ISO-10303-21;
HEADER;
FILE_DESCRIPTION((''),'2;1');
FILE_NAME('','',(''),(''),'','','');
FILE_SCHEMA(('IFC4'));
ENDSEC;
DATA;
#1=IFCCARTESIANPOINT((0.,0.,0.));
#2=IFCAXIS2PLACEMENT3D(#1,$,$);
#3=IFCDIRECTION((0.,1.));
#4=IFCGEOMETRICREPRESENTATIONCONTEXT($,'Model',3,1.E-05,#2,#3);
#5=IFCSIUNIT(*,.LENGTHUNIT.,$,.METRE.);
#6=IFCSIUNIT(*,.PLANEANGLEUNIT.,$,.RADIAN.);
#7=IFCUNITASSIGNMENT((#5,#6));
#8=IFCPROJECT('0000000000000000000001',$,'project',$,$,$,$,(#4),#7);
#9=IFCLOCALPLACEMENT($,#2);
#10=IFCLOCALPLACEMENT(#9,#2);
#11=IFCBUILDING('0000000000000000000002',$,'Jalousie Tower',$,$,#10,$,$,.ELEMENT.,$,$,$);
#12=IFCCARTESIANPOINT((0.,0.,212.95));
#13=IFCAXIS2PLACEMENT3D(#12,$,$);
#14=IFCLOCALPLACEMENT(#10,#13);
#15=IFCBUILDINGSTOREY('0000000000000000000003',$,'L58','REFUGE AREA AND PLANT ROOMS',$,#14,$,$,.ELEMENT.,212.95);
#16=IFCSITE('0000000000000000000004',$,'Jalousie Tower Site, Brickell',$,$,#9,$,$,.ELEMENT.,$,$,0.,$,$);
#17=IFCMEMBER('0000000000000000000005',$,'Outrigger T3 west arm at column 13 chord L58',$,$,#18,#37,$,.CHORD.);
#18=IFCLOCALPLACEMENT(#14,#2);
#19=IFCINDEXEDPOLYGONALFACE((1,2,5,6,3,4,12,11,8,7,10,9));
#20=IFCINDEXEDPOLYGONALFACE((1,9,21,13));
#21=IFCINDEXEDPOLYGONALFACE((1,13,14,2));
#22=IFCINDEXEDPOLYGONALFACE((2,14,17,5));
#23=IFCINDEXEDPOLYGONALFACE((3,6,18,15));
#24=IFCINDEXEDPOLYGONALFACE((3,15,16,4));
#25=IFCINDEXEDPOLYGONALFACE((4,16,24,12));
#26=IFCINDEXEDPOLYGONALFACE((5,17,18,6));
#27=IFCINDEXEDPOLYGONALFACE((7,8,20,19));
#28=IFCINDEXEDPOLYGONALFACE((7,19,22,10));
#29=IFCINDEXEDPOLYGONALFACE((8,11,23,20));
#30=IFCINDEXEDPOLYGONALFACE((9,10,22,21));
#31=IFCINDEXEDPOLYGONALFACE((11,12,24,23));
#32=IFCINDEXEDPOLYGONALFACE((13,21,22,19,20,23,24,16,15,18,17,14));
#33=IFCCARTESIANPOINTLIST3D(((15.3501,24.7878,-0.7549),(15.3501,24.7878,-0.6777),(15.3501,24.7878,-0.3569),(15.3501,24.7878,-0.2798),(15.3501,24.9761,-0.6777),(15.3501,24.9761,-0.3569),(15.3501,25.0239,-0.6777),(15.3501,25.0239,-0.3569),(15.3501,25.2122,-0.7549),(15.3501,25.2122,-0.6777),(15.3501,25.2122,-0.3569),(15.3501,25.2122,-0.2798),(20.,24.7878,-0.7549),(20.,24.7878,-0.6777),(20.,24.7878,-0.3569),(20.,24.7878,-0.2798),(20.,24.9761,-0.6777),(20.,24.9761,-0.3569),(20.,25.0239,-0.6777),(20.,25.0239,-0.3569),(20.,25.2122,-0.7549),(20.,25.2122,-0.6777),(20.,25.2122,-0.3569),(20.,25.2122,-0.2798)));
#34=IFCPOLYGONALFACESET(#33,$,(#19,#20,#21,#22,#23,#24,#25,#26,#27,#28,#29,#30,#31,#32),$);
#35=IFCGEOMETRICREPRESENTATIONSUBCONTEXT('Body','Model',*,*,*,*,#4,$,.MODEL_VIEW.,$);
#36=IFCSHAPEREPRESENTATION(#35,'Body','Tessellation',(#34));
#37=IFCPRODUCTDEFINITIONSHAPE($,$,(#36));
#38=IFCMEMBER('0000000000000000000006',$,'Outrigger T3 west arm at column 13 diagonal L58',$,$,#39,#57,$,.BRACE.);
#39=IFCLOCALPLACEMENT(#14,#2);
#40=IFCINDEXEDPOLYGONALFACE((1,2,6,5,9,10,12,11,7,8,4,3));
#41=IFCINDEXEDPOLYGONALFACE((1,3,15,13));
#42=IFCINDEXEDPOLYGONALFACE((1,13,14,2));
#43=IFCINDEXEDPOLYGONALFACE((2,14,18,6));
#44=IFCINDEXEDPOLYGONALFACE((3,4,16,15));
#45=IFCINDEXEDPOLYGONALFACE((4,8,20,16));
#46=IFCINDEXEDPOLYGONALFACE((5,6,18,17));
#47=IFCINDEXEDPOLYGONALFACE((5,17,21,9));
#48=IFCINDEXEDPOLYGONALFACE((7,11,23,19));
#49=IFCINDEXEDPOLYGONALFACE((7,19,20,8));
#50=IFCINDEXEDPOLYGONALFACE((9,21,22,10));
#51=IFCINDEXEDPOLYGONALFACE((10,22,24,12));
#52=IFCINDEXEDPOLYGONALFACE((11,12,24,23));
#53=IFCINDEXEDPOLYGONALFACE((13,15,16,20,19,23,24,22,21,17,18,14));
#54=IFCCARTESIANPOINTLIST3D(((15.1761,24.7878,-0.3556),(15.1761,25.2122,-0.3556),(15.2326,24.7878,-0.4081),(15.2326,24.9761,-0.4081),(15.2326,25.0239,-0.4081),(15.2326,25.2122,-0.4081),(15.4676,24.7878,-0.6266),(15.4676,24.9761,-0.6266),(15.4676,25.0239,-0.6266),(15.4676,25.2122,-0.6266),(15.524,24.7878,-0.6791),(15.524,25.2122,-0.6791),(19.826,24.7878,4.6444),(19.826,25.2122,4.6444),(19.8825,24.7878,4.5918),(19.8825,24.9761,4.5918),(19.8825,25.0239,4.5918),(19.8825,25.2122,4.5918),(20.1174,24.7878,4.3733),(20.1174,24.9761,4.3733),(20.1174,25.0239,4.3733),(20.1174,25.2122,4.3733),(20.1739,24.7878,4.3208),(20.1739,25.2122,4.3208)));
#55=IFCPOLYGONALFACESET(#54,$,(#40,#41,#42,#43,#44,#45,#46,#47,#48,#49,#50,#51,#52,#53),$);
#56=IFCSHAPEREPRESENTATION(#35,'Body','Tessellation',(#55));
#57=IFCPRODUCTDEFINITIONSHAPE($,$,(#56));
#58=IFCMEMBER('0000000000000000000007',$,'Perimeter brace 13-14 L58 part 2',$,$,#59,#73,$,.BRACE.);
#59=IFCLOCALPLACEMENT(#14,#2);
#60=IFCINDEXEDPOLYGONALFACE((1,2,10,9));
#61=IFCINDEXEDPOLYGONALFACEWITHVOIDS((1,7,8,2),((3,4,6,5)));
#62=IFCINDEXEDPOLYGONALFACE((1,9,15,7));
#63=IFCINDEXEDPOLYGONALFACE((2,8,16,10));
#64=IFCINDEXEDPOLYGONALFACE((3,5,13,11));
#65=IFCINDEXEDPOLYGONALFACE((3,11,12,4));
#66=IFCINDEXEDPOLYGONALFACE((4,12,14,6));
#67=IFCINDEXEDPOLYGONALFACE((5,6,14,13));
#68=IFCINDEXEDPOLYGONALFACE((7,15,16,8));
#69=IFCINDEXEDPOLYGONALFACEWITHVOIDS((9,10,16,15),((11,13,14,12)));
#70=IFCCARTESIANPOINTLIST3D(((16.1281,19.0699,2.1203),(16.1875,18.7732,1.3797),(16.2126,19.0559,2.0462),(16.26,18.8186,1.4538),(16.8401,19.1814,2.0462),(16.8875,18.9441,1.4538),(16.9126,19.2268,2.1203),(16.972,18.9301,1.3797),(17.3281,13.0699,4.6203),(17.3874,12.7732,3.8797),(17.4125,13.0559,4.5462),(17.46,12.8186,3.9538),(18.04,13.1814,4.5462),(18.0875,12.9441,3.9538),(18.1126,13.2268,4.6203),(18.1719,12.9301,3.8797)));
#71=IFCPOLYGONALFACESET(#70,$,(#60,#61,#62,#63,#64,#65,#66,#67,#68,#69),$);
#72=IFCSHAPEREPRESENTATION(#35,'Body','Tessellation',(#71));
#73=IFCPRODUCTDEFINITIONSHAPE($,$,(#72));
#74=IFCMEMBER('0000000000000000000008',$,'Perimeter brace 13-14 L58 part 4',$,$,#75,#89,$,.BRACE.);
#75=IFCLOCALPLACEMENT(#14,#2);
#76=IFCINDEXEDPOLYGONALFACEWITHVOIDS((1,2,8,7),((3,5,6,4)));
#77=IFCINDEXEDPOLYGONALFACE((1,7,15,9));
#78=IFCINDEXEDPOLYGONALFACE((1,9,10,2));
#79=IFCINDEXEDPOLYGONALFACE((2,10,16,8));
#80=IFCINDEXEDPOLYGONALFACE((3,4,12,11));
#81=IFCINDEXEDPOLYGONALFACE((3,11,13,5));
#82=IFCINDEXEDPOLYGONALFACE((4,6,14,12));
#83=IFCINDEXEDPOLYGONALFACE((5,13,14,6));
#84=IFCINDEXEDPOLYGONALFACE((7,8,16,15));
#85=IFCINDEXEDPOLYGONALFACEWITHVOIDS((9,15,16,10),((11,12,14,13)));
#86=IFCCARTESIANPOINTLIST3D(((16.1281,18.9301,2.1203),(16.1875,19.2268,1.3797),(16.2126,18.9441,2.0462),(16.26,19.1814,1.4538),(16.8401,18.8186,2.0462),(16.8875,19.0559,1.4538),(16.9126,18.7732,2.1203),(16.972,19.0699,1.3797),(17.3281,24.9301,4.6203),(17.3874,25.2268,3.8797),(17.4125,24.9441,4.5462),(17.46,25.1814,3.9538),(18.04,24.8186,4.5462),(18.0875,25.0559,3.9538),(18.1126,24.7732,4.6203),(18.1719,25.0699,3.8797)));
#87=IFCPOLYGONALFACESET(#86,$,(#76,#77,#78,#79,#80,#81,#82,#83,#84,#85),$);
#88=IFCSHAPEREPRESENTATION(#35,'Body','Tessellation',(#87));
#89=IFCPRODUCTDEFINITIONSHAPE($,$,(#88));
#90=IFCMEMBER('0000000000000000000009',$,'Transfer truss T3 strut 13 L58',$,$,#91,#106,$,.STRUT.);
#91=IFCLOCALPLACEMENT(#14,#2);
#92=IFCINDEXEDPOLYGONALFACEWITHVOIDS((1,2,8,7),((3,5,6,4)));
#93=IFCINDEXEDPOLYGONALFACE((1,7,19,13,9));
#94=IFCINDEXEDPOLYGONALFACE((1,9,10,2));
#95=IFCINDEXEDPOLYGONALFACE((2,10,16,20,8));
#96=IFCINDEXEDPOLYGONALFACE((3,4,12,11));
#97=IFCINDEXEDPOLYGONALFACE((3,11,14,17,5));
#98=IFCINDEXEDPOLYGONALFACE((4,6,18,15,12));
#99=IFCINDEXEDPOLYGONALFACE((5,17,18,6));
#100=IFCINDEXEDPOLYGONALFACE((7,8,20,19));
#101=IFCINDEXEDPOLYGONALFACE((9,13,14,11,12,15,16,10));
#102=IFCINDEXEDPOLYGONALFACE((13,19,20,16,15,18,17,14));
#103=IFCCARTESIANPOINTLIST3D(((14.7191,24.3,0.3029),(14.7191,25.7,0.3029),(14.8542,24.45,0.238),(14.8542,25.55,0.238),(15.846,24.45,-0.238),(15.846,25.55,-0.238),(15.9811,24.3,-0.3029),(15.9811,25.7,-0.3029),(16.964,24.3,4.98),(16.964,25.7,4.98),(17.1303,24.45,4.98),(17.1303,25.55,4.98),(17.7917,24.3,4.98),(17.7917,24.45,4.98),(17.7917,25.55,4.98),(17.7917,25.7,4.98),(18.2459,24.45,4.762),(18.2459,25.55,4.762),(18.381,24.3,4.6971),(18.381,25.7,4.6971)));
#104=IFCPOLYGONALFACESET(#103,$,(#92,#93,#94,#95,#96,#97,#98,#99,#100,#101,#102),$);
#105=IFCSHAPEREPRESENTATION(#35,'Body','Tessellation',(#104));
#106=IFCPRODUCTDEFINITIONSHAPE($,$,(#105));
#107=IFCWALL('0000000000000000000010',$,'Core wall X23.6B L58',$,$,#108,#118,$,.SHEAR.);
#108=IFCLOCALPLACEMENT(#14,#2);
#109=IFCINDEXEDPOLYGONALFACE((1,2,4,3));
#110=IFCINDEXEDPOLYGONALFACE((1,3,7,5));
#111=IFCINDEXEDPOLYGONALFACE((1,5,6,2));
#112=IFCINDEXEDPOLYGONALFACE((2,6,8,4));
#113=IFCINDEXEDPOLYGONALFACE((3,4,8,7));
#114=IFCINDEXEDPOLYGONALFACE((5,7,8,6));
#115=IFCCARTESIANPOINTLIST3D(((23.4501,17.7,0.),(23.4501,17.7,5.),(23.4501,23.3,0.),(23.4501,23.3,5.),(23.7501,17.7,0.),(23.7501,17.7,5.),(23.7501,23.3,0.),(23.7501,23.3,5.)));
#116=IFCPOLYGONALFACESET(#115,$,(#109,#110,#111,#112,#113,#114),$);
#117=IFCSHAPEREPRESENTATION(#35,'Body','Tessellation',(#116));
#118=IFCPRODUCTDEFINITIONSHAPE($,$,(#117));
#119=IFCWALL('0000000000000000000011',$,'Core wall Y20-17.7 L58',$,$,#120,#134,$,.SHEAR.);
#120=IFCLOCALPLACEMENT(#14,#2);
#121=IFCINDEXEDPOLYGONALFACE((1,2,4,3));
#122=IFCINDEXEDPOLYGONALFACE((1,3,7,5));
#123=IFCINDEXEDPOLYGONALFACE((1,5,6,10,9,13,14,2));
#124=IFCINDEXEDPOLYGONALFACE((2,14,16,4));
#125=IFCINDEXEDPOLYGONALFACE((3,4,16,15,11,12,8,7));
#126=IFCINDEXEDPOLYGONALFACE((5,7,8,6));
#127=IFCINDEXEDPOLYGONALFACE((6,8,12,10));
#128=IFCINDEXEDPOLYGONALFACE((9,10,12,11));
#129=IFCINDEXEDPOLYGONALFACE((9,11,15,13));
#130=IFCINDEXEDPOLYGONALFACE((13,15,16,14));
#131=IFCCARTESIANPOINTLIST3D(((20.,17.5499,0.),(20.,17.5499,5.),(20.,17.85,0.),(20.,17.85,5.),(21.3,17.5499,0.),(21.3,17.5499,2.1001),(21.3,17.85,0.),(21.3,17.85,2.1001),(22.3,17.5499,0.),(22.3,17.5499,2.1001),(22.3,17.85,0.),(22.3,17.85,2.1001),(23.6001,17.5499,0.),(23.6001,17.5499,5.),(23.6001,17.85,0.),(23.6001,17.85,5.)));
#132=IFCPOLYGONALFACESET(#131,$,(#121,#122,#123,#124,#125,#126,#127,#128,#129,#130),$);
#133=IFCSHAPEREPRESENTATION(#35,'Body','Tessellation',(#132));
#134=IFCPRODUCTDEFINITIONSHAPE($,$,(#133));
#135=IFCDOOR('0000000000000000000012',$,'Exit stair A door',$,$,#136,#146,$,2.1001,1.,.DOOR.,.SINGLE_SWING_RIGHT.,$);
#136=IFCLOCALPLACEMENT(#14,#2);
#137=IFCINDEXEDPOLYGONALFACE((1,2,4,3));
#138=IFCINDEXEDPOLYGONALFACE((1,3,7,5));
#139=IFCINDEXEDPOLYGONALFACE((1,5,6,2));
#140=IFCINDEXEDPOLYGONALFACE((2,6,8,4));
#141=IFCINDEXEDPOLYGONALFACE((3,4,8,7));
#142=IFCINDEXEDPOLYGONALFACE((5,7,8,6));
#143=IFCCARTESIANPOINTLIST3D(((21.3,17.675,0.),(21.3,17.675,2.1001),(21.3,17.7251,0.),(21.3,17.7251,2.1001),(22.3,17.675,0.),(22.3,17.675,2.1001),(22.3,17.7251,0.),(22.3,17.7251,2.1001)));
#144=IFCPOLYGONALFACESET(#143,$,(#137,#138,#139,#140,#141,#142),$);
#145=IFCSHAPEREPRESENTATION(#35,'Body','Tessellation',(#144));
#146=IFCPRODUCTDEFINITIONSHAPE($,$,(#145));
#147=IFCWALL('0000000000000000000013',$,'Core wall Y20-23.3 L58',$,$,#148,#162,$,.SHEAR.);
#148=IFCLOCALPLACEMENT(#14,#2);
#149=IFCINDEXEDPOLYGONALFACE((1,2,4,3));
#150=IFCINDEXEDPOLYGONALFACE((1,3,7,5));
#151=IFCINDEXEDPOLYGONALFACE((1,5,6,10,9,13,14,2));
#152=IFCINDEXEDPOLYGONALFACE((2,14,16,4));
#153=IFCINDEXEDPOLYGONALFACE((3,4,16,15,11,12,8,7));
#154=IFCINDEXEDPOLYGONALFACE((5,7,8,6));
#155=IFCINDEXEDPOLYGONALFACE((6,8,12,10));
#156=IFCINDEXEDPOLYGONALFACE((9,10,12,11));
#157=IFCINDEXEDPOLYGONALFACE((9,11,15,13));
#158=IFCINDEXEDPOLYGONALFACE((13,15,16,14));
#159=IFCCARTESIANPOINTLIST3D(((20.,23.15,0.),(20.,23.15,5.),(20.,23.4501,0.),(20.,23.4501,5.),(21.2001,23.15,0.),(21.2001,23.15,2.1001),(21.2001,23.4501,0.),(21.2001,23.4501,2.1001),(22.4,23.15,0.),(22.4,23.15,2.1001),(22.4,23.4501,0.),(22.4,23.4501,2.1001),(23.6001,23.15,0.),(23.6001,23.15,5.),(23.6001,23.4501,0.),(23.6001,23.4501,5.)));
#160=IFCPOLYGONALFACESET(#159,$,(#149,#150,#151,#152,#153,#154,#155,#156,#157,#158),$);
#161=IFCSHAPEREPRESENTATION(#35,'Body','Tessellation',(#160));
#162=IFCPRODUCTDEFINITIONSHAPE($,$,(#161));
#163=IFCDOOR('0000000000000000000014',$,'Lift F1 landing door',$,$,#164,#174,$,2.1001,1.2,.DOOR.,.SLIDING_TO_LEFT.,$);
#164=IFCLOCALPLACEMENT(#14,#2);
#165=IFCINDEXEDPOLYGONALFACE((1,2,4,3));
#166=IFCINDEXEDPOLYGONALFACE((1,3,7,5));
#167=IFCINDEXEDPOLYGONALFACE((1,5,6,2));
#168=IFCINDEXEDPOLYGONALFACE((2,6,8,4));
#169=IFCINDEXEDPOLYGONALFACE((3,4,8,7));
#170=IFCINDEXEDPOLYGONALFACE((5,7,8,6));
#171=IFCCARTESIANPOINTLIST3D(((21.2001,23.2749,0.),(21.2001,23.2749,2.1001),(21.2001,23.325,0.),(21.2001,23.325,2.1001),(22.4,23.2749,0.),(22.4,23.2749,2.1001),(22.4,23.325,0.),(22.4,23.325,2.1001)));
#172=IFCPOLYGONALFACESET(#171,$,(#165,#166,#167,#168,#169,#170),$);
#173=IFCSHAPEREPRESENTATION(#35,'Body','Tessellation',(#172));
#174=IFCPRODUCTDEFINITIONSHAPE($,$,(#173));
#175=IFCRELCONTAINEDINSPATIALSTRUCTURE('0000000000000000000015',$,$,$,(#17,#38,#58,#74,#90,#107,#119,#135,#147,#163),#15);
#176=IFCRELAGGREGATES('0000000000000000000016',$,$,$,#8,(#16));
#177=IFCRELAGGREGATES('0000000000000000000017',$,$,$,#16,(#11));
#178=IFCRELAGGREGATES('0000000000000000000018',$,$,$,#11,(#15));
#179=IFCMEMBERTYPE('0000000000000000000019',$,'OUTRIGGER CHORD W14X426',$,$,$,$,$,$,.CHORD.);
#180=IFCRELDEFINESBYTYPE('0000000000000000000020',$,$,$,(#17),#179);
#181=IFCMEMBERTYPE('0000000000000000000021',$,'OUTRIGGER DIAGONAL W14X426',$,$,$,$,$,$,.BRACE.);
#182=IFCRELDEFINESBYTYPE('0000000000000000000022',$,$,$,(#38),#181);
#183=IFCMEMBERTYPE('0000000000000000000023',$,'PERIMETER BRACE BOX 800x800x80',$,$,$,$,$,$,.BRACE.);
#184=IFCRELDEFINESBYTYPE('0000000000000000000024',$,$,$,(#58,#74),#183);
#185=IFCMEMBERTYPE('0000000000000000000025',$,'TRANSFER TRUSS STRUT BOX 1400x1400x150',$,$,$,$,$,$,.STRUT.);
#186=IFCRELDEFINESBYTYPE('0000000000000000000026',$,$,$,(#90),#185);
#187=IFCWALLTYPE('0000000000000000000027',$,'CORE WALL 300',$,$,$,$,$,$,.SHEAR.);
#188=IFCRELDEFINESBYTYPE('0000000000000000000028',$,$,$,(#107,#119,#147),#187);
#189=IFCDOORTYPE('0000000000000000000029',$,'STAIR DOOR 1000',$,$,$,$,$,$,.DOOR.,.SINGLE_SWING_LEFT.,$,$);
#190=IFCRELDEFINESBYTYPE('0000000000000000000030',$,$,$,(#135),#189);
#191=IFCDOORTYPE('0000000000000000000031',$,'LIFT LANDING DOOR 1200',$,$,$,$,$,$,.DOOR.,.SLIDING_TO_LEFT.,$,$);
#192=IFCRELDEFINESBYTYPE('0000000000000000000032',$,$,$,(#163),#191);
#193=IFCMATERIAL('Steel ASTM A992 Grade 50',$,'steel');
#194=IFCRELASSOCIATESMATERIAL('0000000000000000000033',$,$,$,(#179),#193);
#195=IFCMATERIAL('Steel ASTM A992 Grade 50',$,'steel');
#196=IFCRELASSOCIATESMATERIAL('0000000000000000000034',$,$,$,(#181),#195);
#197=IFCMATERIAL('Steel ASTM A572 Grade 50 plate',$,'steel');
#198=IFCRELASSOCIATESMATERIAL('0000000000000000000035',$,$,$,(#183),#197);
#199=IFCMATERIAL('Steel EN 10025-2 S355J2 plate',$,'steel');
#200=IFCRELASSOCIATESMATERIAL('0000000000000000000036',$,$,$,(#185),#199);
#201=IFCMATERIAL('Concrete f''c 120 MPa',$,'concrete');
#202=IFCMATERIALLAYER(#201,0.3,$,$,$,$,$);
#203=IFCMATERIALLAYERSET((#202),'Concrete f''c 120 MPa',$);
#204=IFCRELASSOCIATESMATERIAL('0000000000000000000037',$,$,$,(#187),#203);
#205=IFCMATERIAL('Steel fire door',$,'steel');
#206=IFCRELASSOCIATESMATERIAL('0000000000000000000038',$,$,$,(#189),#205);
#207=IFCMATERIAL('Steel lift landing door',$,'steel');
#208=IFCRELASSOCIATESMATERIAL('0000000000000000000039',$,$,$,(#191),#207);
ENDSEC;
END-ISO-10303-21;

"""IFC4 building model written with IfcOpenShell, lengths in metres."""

from ifc_helpers import new_model, si_unit, direction, frame, frame_2d, origin, origin_2d, place, context, subcontext, project, spatial, rectangle, hollow_rectangle, i_section, extrude, clip, halfspace, material, layer, layer_set, material_profile, profile_set, type_object, element, fill, save


model = new_model("IFC4")

# Units and contexts
model_context = context("Model", 3, precision=1e-05, world=origin(), true_north=direction((0.0, 1.0)))
body_context = subcontext(model_context, "Body", "Model", "MODEL_VIEW")
ifc_project = project(units=[si_unit("LENGTHUNIT", "METRE"), si_unit("PLANEANGLEUNIT", "RADIAN")], contexts=[model_context])

# Site, building, storey
site_placement = place(None, origin())
site = spatial("IfcSite", under=ifc_project, at=site_placement, Name="Jalousie Tower Site, Brickell", CompositionType="ELEMENT", RefElevation=0.0)
building_placement = place(site_placement, origin())
building = spatial("IfcBuilding", under=site, at=building_placement, Name="Jalousie Tower", CompositionType="ELEMENT")
storey_placement = place(building_placement, frame((0.0, 0.0, 212.95)))
storey = spatial("IfcBuildingStorey", under=building, at=storey_placement, Name="L58", Description="REFUGE AREA AND PLANT ROOMS", CompositionType="ELEMENT", Elevation=212.95)

# Members
ifc_material_1 = material(Name="Steel ASTM A992 Grade 50", Category="steel")
ifc_material_profile_1 = material_profile(ifc_material_1, i_section(OverallWidth=0.4243, OverallDepth=0.4751, WebThickness=0.0479, FlangeThickness=0.0771, at=origin_2d()), Name="W14X426")
ifc_profile_set_1 = profile_set([ifc_material_profile_1], Name="Steel ASTM A992 Grade 50")
member_type_1 = type_object("IfcMemberType", Name="OUTRIGGER CHORD W14X426", PredefinedType="CHORD", material=ifc_profile_set_1)
member_1_placement = place(storey_placement, frame((15.3501, 25.0, -0.5173), z_axis=(1.0, 0.0, 0.0), x_axis=(0.0, 1.0, 0.0)))
element("IfcMember", 1, at=member_1_placement, inside=storey, type_object=member_type_1, Name="Outrigger T3 west arm at column 13 chord L58", PredefinedType="CHORD", context=body_context, shape_type="SweptSolid", body=[
    extrude(i_section(OverallWidth=0.4243, OverallDepth=0.4751, WebThickness=0.0479, FlangeThickness=0.0771, at=origin_2d()), origin(), (0.0, 0.0, 1.0), 4.6499),
])
ifc_material_2 = material(Name="Steel ASTM A992 Grade 50", Category="steel")
ifc_material_profile_2 = material_profile(ifc_material_2, i_section(OverallWidth=0.4243, OverallDepth=0.4751, WebThickness=0.0479, FlangeThickness=0.0771, at=origin_2d()), Name="W14X426")
ifc_profile_set_2 = profile_set([ifc_material_profile_2], Name="Steel ASTM A992 Grade 50")
member_type_2 = type_object("IfcMemberType", Name="OUTRIGGER DIAGONAL W14X426", PredefinedType="BRACE", material=ifc_profile_set_2)
member_2_placement = place(storey_placement, frame((15.3501, 25.0, -0.5173), z_axis=(0.681005, 0.0, 0.732279), x_axis=(0.0, 1.0, 0.0)))
element("IfcMember", 2, at=member_2_placement, inside=storey, type_object=member_type_2, Name="Outrigger T3 west arm at column 13 diagonal L58", PredefinedType="BRACE", context=body_context, shape_type="SweptSolid", body=[
    extrude(i_section(OverallWidth=0.4243, OverallDepth=0.4751, WebThickness=0.0479, FlangeThickness=0.0771, at=origin_2d()), origin(), (0.0, 0.0, 1.0), 6.8279),
])
ifc_material_3 = material(Name="Steel ASTM A572 Grade 50 plate", Category="steel")
ifc_material_profile_3 = material_profile(ifc_material_3, hollow_rectangle(XDim=0.8, YDim=0.8, WallThickness=0.0801, at=origin_2d()), Name="BOX 800x800x80")
ifc_profile_set_3 = profile_set([ifc_material_profile_3], Name="Steel ASTM A572 Grade 50 plate")
member_type_3 = type_object("IfcMemberType", Name="PERIMETER BRACE BOX 800x800x80", PredefinedType="BRACE", material=ifc_profile_set_3)
for number, where, z_axis, x_axis, name in (
    (3, (16.55, 19.0, 1.75), (0.18154, -0.907739, 0.378224), (0.980582, 0.196108, 0.0), "Perimeter brace 13-14 L58 part 2"),
    (4, (16.55, 19.0, 1.75), (0.18154, 0.907739, 0.378224), (-0.980582, 0.196108, 0.0), "Perimeter brace 13-14 L58 part 4"),
):
    element("IfcMember", number, at=place(storey_placement, frame(where, z_axis=z_axis, x_axis=x_axis)), inside=storey, type_object=member_type_3, Name=name, PredefinedType="BRACE", context=body_context, shape_type="SweptSolid", body=[
        extrude(hollow_rectangle(XDim=0.8, YDim=0.8, WallThickness=0.0801, at=origin_2d()), origin(), (0.0, 0.0, 1.0), 6.6099),
    ])
ifc_material_4 = material(Name="Steel EN 10025-2 S355J2 plate", Category="steel")
ifc_material_profile_4 = material_profile(ifc_material_4, hollow_rectangle(XDim=1.3999, YDim=1.3999, WallThickness=0.1499, at=origin_2d()), Name="BOX 1400x1400x150")
ifc_profile_set_4 = profile_set([ifc_material_profile_4], Name="Steel EN 10025-2 S355J2 plate")
member_type_4 = type_object("IfcMemberType", Name="TRANSFER TRUSS STRUT BOX 1400x1400x150", PredefinedType="STRUT", material=ifc_profile_set_4)
member_3_placement = place(storey_placement, frame((15.3501, 25.0, 0.0), z_axis=(0.432717, 0.0, 0.90153), x_axis=(0.0, 1.0, 0.0)))
element("IfcMember", 5, at=member_3_placement, inside=storey, type_object=member_type_4, Name="Transfer truss T3 strut 13 L58", PredefinedType="STRUT", context=body_context, shape_type="Clipping", body=[
    clip(extrude(hollow_rectangle(XDim=1.3999, YDim=1.3999, WallThickness=0.1499, at=origin_2d()), origin(), (0.0, 0.0, 1.0), 5.5461), halfspace(frame((0.0, 0.0, 5.5239), z_axis=(0.0, 0.432717, 0.90153)), False)),
])

# Wall
ifc_material_5 = material(Name="Concrete f'c 120 MPa", Category="concrete")
ifc_layer_1 = layer(ifc_material_5, 0.3)
ifc_layer_set_1 = layer_set([ifc_layer_1], Name="Concrete f'c 120 MPa")
wall_type_1 = type_object("IfcWallType", Name="CORE WALL 300", PredefinedType="SHEAR", material=ifc_layer_set_1)
wall_1_placement = place(storey_placement, frame((23.6001, 17.7, 0.0), z_axis=(0.0, 0.0, 1.0), x_axis=(0.0, 1.0, 0.0)))
element("IfcWall", 6, at=wall_1_placement, inside=storey, type_object=wall_type_1, Name="Core wall X23.6B L58", PredefinedType="SHEAR", context=body_context, shape_type="SweptSolid", body=[
    extrude(rectangle(XDim=5.6001, YDim=0.3, at=frame_2d((2.8, 0.0))), origin(), (0.0, 0.0, 1.0), 5.0),
])

# Walls, openings, doors
wall_2_placement = place(storey_placement, frame((20.0, 17.7, 0.0), z_axis=(0.0, 0.0, 1.0), x_axis=(1.0, 0.0, 0.0)))
wall_2 = element("IfcWall", 7, at=wall_2_placement, inside=storey, type_object=wall_type_1, Name="Core wall Y20-17.7 L58", PredefinedType="SHEAR", context=body_context, shape_type="SweptSolid", body=[
    extrude(rectangle(XDim=3.6001, YDim=0.3, at=frame_2d((1.8, 0.0))), origin(), (0.0, 0.0, 1.0), 5.0),
])
opening_1_placement = place(wall_2_placement, frame((1.3, 0.0, 0.0)))
opening_1 = element("IfcOpeningElement", 8, at=opening_1_placement, cuts=wall_2, PredefinedType="OPENING", context=body_context, shape_type="SweptSolid", body=[
    extrude(rectangle(XDim=1.0, YDim=2.1001, at=frame_2d((0.5, 1.05))), frame((0.0, 0.1599, 0.0), z_axis=(0.0, -1.0, 0.0), x_axis=(1.0, 0.0, 0.0)), (0.0, 0.0, 1.0), 0.3201),
])
ifc_material_6 = material(Name="Steel fire door", Category="steel")
door_type_1 = type_object("IfcDoorType", Name="STAIR DOOR 1000", OperationType="SINGLE_SWING_LEFT", PredefinedType="DOOR", material=ifc_material_6)
door_1_placement = place(opening_1_placement, frame((1.0, 0.0, 0.0), z_axis=(0.0, 0.0, 1.0), x_axis=(-1.0, 0.0, 0.0)))
door_1 = element("IfcDoor", 9, at=door_1_placement, inside=storey, type_object=door_type_1, Name="Exit stair A door", OperationType="SINGLE_SWING_RIGHT", OverallHeight=2.1001, OverallWidth=1.0, PredefinedType="DOOR", context=body_context, shape_type="SweptSolid", body=[
    extrude(rectangle(XDim=1.0, YDim=2.1001, at=frame_2d((0.5, 1.05))), frame((0.0, 0.0249, 0.0), z_axis=(0.0, -1.0, 0.0), x_axis=(1.0, 0.0, 0.0)), (0.0, 0.0, 1.0), 0.05),
])
fill(opening_1, door_1)
wall_3_placement = place(storey_placement, frame((20.0, 23.3, 0.0), z_axis=(0.0, 0.0, 1.0), x_axis=(1.0, 0.0, 0.0)))
wall_3 = element("IfcWall", 10, at=wall_3_placement, inside=storey, type_object=wall_type_1, Name="Core wall Y20-23.3 L58", PredefinedType="SHEAR", context=body_context, shape_type="SweptSolid", body=[
    extrude(rectangle(XDim=3.6001, YDim=0.3, at=frame_2d((1.8, 0.0))), origin(), (0.0, 0.0, 1.0), 5.0),
])
opening_2_placement = place(wall_3_placement, frame((1.2, 0.0, 0.0)))
opening_2 = element("IfcOpeningElement", 11, at=opening_2_placement, cuts=wall_3, PredefinedType="OPENING", context=body_context, shape_type="SweptSolid", body=[
    extrude(rectangle(XDim=1.2, YDim=2.1001, at=frame_2d((0.6001, 1.05))), frame((0.0, 0.1599, 0.0), z_axis=(0.0, -1.0, 0.0), x_axis=(1.0, 0.0, 0.0)), (0.0, 0.0, 1.0), 0.3201),
])
ifc_material_7 = material(Name="Steel lift landing door", Category="steel")
door_type_2 = type_object("IfcDoorType", Name="LIFT LANDING DOOR 1200", OperationType="SLIDING_TO_LEFT", PredefinedType="DOOR", material=ifc_material_7)
door_2_placement = place(opening_2_placement, origin())
door_2 = element("IfcDoor", 12, at=door_2_placement, inside=storey, type_object=door_type_2, Name="Lift F1 landing door", OperationType="SLIDING_TO_LEFT", OverallHeight=2.1001, OverallWidth=1.2, PredefinedType="DOOR", context=body_context, shape_type="SweptSolid", body=[
    extrude(rectangle(XDim=1.2, YDim=2.1001, at=frame_2d((0.6001, 1.05))), frame((0.0, 0.0249, 0.0), z_axis=(0.0, -1.0, 0.0), x_axis=(1.0, 0.0, 0.0)), (0.0, 0.0, 1.0), 0.05),
])
fill(opening_2, door_2)

save(model, "model.ifc")
